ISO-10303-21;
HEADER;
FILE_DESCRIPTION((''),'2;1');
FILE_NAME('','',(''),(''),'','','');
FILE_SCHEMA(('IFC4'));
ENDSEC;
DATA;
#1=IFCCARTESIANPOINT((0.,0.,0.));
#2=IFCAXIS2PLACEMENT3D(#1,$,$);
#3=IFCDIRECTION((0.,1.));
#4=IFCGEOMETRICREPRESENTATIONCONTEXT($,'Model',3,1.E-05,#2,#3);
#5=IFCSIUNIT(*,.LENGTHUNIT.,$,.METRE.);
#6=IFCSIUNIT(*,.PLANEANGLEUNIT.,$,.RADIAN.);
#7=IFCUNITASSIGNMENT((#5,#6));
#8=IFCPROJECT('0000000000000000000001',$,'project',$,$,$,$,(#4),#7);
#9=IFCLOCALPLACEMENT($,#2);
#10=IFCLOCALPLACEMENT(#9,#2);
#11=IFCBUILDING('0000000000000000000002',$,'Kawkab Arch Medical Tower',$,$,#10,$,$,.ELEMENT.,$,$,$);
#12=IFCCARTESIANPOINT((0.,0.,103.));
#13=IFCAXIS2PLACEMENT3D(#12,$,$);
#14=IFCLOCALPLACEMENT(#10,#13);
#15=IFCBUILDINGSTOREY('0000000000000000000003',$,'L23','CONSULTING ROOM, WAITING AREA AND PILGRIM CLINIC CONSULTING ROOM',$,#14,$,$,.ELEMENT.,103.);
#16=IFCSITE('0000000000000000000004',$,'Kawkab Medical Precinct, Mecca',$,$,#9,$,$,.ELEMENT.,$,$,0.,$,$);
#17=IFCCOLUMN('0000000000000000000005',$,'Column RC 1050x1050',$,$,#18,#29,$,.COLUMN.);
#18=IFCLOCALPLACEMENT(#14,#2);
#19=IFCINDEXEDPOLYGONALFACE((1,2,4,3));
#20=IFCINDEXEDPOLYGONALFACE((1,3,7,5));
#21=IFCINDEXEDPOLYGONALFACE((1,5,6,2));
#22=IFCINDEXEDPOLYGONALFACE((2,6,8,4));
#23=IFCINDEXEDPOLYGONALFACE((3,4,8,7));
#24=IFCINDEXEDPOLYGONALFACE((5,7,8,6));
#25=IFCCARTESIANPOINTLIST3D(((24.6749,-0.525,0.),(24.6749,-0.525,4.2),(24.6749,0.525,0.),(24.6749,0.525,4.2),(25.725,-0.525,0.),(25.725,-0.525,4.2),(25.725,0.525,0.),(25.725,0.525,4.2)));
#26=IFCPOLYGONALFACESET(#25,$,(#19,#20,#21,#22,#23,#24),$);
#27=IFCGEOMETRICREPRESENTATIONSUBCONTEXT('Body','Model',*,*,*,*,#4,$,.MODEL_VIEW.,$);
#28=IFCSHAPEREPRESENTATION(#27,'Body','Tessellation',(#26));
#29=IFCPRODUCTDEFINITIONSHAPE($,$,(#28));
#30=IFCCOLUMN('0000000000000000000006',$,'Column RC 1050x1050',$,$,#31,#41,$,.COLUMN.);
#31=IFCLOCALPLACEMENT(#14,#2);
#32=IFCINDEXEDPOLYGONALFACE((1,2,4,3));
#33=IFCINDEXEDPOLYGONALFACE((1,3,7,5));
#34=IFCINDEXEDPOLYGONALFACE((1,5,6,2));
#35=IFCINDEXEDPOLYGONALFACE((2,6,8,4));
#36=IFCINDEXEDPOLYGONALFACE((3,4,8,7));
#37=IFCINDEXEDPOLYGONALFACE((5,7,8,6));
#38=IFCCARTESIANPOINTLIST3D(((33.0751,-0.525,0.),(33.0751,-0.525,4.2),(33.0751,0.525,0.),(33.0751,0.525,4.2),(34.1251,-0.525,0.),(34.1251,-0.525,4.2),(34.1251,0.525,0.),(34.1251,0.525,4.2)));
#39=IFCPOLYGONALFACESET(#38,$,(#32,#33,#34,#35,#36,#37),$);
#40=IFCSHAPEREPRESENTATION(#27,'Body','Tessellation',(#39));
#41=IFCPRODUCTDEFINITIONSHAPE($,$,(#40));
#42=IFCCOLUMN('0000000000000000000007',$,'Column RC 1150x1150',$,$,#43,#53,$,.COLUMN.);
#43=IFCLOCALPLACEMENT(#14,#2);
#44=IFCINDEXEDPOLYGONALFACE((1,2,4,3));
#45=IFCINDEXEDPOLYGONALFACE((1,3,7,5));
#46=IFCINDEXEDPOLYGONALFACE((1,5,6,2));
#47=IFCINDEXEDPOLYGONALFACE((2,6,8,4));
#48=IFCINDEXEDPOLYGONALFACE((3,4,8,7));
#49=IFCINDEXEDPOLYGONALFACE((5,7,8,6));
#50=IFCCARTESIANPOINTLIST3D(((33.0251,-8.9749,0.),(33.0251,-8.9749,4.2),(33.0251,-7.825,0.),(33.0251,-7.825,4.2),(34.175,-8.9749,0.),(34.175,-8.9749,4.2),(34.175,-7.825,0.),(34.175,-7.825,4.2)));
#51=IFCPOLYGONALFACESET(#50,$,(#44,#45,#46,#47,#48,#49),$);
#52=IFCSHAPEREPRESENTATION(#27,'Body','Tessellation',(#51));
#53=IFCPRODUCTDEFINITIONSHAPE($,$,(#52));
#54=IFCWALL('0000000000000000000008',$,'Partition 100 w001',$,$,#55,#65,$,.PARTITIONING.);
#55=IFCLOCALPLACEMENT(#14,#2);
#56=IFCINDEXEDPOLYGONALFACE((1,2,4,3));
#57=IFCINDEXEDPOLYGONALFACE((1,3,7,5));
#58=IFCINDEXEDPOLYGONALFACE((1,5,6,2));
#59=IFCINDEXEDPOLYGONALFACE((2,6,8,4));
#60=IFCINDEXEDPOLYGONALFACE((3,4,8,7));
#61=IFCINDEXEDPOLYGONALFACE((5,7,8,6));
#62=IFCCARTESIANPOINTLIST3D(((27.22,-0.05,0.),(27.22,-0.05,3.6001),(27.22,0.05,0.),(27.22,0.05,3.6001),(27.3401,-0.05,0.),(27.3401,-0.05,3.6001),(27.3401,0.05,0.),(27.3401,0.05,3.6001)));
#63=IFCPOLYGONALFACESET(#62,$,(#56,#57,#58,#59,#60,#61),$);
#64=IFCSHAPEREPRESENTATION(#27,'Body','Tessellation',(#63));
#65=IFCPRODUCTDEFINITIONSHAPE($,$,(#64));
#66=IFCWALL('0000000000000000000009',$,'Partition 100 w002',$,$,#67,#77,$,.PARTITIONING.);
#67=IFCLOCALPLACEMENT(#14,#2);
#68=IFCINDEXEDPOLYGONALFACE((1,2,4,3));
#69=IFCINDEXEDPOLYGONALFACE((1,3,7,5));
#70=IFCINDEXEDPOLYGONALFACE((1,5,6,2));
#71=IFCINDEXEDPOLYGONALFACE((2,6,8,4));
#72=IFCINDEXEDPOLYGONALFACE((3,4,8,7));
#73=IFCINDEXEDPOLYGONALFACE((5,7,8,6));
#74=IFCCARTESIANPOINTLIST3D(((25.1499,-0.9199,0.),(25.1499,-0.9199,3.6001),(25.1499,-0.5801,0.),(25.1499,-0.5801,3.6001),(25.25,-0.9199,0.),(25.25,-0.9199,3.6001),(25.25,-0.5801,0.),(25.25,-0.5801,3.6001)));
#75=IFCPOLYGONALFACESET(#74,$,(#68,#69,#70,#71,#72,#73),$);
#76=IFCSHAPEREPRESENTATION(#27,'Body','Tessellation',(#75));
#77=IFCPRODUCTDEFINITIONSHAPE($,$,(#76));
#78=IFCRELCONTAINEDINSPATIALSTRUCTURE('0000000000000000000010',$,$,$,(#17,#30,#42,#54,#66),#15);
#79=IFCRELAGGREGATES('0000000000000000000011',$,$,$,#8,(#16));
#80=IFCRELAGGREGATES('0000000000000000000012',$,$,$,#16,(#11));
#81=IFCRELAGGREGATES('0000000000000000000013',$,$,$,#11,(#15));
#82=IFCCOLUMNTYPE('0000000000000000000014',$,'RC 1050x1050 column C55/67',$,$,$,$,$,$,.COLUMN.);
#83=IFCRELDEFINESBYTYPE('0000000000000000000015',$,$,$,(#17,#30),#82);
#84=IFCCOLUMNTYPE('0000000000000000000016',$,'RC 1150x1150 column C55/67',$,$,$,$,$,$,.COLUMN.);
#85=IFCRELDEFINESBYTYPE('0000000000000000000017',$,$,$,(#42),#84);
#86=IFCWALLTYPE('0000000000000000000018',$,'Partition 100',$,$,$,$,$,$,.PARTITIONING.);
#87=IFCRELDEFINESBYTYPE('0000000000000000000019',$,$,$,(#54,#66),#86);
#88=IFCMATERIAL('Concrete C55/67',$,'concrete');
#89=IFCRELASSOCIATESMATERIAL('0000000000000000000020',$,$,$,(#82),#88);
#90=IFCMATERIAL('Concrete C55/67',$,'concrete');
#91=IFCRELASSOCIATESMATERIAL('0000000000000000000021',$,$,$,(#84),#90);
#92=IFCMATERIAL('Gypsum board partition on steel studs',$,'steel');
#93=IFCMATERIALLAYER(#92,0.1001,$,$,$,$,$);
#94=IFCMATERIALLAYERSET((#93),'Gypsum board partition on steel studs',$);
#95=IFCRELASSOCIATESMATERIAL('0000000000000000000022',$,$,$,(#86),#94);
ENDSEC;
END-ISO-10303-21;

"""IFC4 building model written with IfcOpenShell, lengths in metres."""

from ifc_helpers import new_model, si_unit, direction, frame, frame_2d, origin, origin_2d, place, context, subcontext, project, spatial, rectangle, extrude, material, layer, layer_set, material_profile, profile_set, type_object, element, save


model = new_model("IFC4")

# Units and contexts
model_context = context("Model", 3, precision=1e-05, world=origin(), true_north=direction((0.0, 1.0)))
body_context = subcontext(model_context, "Body", "Model", "MODEL_VIEW")
ifc_project = project(units=[si_unit("LENGTHUNIT", "METRE"), si_unit("PLANEANGLEUNIT", "RADIAN")], contexts=[model_context])

# Site, building, storey
site_placement = place(None, origin())
site = spatial("IfcSite", under=ifc_project, at=site_placement, Name="Kawkab Medical Precinct, Mecca", CompositionType="ELEMENT", RefElevation=0.0)
building_placement = place(site_placement, origin())
building = spatial("IfcBuilding", under=site, at=building_placement, Name="Kawkab Arch Medical Tower", CompositionType="ELEMENT")
storey_placement = place(building_placement, frame((0.0, 0.0, 103.0)))
storey = spatial("IfcBuildingStorey", under=building, at=storey_placement, Name="L23", Description="CONSULTING ROOM, WAITING AREA AND PILGRIM CLINIC CONSULTING ROOM", CompositionType="ELEMENT", Elevation=103.0)

# Columns
ifc_material_1 = material(Name="Concrete C55/67", Category="concrete")
ifc_material_profile_1 = material_profile(ifc_material_1, rectangle(XDim=1.05, YDim=1.05, at=origin_2d()), Name="RC 1050x1050")
ifc_profile_set_1 = profile_set([ifc_material_profile_1], Name="Concrete C55/67")
column_type_1 = type_object("IfcColumnType", Name="RC 1050x1050 column C55/67", PredefinedType="COLUMN", material=ifc_profile_set_1)
for number, where, z_axis, x_axis, name in (
    (1, (25.2, 0.0, 0.0), (0.0, 0.0, 1.0), (1.0, 0.0, 0.0), "Column RC 1050x1050"),
    (2, (33.6001, 0.0, 0.0), (0.0, 0.0, 1.0), (1.0, 0.0, 0.0), "Column RC 1050x1050"),
):
    element("IfcColumn", number, at=place(storey_placement, frame(where, z_axis=z_axis, x_axis=x_axis)), inside=storey, type_object=column_type_1, Name=name, PredefinedType="COLUMN", context=body_context, shape_type="SweptSolid", body=[
        extrude(rectangle(XDim=1.05, YDim=1.05, at=origin_2d()), origin(), (0.0, 0.0, 1.0), 4.2),
    ])
ifc_material_2 = material(Name="Concrete C55/67", Category="concrete")
ifc_material_profile_2 = material_profile(ifc_material_2, rectangle(XDim=1.1499, YDim=1.1499, at=origin_2d()), Name="RC 1150x1150")
ifc_profile_set_2 = profile_set([ifc_material_profile_2], Name="Concrete C55/67")
column_type_2 = type_object("IfcColumnType", Name="RC 1150x1150 column C55/67", PredefinedType="COLUMN", material=ifc_profile_set_2)
column_placement = place(storey_placement, frame((33.6001, -8.3999, 0.0), z_axis=(0.0, 0.0, 1.0), x_axis=(1.0, 0.0, 0.0)))
element("IfcColumn", 3, at=column_placement, inside=storey, type_object=column_type_2, Name="Column RC 1150x1150", PredefinedType="COLUMN", context=body_context, shape_type="SweptSolid", body=[
    extrude(rectangle(XDim=1.1499, YDim=1.1499, at=origin_2d()), origin(), (0.0, 0.0, 1.0), 4.2),
])

# Walls
ifc_material_3 = material(Name="Gypsum board partition on steel studs", Category="steel")
ifc_layer_1 = layer(ifc_material_3, 0.1001)
ifc_layer_set_1 = layer_set([ifc_layer_1], Name="Gypsum board partition on steel studs")
wall_type_1 = type_object("IfcWallType", Name="Partition 100", PredefinedType="PARTITIONING", material=ifc_layer_set_1)
wall_1_placement = place(storey_placement, frame((27.22, 0.0, 0.0), z_axis=(0.0, 0.0, 1.0), x_axis=(1.0, 0.0, 0.0)))
element("IfcWall", 4, at=wall_1_placement, inside=storey, type_object=wall_type_1, Name="Partition 100 w001", PredefinedType="PARTITIONING", context=body_context, shape_type="SweptSolid", body=[
    extrude(rectangle(XDim=0.1201, YDim=0.1001, at=frame_2d((0.0601, 0.0))), origin(), (0.0, 0.0, 1.0), 3.6001),
])
wall_2_placement = place(storey_placement, frame((25.2, -0.9199, 0.0), z_axis=(0.0, 0.0, 1.0), x_axis=(0.0, 1.0, 0.0)))
element("IfcWall", 5, at=wall_2_placement, inside=storey, type_object=wall_type_1, Name="Partition 100 w002", PredefinedType="PARTITIONING", context=body_context, shape_type="SweptSolid", body=[
    extrude(rectangle(XDim=0.3398, YDim=0.1001, at=frame_2d((0.1699, 0.0))), origin(), (0.0, 0.0, 1.0), 3.6001),
])

save(model, "model.ifc")
